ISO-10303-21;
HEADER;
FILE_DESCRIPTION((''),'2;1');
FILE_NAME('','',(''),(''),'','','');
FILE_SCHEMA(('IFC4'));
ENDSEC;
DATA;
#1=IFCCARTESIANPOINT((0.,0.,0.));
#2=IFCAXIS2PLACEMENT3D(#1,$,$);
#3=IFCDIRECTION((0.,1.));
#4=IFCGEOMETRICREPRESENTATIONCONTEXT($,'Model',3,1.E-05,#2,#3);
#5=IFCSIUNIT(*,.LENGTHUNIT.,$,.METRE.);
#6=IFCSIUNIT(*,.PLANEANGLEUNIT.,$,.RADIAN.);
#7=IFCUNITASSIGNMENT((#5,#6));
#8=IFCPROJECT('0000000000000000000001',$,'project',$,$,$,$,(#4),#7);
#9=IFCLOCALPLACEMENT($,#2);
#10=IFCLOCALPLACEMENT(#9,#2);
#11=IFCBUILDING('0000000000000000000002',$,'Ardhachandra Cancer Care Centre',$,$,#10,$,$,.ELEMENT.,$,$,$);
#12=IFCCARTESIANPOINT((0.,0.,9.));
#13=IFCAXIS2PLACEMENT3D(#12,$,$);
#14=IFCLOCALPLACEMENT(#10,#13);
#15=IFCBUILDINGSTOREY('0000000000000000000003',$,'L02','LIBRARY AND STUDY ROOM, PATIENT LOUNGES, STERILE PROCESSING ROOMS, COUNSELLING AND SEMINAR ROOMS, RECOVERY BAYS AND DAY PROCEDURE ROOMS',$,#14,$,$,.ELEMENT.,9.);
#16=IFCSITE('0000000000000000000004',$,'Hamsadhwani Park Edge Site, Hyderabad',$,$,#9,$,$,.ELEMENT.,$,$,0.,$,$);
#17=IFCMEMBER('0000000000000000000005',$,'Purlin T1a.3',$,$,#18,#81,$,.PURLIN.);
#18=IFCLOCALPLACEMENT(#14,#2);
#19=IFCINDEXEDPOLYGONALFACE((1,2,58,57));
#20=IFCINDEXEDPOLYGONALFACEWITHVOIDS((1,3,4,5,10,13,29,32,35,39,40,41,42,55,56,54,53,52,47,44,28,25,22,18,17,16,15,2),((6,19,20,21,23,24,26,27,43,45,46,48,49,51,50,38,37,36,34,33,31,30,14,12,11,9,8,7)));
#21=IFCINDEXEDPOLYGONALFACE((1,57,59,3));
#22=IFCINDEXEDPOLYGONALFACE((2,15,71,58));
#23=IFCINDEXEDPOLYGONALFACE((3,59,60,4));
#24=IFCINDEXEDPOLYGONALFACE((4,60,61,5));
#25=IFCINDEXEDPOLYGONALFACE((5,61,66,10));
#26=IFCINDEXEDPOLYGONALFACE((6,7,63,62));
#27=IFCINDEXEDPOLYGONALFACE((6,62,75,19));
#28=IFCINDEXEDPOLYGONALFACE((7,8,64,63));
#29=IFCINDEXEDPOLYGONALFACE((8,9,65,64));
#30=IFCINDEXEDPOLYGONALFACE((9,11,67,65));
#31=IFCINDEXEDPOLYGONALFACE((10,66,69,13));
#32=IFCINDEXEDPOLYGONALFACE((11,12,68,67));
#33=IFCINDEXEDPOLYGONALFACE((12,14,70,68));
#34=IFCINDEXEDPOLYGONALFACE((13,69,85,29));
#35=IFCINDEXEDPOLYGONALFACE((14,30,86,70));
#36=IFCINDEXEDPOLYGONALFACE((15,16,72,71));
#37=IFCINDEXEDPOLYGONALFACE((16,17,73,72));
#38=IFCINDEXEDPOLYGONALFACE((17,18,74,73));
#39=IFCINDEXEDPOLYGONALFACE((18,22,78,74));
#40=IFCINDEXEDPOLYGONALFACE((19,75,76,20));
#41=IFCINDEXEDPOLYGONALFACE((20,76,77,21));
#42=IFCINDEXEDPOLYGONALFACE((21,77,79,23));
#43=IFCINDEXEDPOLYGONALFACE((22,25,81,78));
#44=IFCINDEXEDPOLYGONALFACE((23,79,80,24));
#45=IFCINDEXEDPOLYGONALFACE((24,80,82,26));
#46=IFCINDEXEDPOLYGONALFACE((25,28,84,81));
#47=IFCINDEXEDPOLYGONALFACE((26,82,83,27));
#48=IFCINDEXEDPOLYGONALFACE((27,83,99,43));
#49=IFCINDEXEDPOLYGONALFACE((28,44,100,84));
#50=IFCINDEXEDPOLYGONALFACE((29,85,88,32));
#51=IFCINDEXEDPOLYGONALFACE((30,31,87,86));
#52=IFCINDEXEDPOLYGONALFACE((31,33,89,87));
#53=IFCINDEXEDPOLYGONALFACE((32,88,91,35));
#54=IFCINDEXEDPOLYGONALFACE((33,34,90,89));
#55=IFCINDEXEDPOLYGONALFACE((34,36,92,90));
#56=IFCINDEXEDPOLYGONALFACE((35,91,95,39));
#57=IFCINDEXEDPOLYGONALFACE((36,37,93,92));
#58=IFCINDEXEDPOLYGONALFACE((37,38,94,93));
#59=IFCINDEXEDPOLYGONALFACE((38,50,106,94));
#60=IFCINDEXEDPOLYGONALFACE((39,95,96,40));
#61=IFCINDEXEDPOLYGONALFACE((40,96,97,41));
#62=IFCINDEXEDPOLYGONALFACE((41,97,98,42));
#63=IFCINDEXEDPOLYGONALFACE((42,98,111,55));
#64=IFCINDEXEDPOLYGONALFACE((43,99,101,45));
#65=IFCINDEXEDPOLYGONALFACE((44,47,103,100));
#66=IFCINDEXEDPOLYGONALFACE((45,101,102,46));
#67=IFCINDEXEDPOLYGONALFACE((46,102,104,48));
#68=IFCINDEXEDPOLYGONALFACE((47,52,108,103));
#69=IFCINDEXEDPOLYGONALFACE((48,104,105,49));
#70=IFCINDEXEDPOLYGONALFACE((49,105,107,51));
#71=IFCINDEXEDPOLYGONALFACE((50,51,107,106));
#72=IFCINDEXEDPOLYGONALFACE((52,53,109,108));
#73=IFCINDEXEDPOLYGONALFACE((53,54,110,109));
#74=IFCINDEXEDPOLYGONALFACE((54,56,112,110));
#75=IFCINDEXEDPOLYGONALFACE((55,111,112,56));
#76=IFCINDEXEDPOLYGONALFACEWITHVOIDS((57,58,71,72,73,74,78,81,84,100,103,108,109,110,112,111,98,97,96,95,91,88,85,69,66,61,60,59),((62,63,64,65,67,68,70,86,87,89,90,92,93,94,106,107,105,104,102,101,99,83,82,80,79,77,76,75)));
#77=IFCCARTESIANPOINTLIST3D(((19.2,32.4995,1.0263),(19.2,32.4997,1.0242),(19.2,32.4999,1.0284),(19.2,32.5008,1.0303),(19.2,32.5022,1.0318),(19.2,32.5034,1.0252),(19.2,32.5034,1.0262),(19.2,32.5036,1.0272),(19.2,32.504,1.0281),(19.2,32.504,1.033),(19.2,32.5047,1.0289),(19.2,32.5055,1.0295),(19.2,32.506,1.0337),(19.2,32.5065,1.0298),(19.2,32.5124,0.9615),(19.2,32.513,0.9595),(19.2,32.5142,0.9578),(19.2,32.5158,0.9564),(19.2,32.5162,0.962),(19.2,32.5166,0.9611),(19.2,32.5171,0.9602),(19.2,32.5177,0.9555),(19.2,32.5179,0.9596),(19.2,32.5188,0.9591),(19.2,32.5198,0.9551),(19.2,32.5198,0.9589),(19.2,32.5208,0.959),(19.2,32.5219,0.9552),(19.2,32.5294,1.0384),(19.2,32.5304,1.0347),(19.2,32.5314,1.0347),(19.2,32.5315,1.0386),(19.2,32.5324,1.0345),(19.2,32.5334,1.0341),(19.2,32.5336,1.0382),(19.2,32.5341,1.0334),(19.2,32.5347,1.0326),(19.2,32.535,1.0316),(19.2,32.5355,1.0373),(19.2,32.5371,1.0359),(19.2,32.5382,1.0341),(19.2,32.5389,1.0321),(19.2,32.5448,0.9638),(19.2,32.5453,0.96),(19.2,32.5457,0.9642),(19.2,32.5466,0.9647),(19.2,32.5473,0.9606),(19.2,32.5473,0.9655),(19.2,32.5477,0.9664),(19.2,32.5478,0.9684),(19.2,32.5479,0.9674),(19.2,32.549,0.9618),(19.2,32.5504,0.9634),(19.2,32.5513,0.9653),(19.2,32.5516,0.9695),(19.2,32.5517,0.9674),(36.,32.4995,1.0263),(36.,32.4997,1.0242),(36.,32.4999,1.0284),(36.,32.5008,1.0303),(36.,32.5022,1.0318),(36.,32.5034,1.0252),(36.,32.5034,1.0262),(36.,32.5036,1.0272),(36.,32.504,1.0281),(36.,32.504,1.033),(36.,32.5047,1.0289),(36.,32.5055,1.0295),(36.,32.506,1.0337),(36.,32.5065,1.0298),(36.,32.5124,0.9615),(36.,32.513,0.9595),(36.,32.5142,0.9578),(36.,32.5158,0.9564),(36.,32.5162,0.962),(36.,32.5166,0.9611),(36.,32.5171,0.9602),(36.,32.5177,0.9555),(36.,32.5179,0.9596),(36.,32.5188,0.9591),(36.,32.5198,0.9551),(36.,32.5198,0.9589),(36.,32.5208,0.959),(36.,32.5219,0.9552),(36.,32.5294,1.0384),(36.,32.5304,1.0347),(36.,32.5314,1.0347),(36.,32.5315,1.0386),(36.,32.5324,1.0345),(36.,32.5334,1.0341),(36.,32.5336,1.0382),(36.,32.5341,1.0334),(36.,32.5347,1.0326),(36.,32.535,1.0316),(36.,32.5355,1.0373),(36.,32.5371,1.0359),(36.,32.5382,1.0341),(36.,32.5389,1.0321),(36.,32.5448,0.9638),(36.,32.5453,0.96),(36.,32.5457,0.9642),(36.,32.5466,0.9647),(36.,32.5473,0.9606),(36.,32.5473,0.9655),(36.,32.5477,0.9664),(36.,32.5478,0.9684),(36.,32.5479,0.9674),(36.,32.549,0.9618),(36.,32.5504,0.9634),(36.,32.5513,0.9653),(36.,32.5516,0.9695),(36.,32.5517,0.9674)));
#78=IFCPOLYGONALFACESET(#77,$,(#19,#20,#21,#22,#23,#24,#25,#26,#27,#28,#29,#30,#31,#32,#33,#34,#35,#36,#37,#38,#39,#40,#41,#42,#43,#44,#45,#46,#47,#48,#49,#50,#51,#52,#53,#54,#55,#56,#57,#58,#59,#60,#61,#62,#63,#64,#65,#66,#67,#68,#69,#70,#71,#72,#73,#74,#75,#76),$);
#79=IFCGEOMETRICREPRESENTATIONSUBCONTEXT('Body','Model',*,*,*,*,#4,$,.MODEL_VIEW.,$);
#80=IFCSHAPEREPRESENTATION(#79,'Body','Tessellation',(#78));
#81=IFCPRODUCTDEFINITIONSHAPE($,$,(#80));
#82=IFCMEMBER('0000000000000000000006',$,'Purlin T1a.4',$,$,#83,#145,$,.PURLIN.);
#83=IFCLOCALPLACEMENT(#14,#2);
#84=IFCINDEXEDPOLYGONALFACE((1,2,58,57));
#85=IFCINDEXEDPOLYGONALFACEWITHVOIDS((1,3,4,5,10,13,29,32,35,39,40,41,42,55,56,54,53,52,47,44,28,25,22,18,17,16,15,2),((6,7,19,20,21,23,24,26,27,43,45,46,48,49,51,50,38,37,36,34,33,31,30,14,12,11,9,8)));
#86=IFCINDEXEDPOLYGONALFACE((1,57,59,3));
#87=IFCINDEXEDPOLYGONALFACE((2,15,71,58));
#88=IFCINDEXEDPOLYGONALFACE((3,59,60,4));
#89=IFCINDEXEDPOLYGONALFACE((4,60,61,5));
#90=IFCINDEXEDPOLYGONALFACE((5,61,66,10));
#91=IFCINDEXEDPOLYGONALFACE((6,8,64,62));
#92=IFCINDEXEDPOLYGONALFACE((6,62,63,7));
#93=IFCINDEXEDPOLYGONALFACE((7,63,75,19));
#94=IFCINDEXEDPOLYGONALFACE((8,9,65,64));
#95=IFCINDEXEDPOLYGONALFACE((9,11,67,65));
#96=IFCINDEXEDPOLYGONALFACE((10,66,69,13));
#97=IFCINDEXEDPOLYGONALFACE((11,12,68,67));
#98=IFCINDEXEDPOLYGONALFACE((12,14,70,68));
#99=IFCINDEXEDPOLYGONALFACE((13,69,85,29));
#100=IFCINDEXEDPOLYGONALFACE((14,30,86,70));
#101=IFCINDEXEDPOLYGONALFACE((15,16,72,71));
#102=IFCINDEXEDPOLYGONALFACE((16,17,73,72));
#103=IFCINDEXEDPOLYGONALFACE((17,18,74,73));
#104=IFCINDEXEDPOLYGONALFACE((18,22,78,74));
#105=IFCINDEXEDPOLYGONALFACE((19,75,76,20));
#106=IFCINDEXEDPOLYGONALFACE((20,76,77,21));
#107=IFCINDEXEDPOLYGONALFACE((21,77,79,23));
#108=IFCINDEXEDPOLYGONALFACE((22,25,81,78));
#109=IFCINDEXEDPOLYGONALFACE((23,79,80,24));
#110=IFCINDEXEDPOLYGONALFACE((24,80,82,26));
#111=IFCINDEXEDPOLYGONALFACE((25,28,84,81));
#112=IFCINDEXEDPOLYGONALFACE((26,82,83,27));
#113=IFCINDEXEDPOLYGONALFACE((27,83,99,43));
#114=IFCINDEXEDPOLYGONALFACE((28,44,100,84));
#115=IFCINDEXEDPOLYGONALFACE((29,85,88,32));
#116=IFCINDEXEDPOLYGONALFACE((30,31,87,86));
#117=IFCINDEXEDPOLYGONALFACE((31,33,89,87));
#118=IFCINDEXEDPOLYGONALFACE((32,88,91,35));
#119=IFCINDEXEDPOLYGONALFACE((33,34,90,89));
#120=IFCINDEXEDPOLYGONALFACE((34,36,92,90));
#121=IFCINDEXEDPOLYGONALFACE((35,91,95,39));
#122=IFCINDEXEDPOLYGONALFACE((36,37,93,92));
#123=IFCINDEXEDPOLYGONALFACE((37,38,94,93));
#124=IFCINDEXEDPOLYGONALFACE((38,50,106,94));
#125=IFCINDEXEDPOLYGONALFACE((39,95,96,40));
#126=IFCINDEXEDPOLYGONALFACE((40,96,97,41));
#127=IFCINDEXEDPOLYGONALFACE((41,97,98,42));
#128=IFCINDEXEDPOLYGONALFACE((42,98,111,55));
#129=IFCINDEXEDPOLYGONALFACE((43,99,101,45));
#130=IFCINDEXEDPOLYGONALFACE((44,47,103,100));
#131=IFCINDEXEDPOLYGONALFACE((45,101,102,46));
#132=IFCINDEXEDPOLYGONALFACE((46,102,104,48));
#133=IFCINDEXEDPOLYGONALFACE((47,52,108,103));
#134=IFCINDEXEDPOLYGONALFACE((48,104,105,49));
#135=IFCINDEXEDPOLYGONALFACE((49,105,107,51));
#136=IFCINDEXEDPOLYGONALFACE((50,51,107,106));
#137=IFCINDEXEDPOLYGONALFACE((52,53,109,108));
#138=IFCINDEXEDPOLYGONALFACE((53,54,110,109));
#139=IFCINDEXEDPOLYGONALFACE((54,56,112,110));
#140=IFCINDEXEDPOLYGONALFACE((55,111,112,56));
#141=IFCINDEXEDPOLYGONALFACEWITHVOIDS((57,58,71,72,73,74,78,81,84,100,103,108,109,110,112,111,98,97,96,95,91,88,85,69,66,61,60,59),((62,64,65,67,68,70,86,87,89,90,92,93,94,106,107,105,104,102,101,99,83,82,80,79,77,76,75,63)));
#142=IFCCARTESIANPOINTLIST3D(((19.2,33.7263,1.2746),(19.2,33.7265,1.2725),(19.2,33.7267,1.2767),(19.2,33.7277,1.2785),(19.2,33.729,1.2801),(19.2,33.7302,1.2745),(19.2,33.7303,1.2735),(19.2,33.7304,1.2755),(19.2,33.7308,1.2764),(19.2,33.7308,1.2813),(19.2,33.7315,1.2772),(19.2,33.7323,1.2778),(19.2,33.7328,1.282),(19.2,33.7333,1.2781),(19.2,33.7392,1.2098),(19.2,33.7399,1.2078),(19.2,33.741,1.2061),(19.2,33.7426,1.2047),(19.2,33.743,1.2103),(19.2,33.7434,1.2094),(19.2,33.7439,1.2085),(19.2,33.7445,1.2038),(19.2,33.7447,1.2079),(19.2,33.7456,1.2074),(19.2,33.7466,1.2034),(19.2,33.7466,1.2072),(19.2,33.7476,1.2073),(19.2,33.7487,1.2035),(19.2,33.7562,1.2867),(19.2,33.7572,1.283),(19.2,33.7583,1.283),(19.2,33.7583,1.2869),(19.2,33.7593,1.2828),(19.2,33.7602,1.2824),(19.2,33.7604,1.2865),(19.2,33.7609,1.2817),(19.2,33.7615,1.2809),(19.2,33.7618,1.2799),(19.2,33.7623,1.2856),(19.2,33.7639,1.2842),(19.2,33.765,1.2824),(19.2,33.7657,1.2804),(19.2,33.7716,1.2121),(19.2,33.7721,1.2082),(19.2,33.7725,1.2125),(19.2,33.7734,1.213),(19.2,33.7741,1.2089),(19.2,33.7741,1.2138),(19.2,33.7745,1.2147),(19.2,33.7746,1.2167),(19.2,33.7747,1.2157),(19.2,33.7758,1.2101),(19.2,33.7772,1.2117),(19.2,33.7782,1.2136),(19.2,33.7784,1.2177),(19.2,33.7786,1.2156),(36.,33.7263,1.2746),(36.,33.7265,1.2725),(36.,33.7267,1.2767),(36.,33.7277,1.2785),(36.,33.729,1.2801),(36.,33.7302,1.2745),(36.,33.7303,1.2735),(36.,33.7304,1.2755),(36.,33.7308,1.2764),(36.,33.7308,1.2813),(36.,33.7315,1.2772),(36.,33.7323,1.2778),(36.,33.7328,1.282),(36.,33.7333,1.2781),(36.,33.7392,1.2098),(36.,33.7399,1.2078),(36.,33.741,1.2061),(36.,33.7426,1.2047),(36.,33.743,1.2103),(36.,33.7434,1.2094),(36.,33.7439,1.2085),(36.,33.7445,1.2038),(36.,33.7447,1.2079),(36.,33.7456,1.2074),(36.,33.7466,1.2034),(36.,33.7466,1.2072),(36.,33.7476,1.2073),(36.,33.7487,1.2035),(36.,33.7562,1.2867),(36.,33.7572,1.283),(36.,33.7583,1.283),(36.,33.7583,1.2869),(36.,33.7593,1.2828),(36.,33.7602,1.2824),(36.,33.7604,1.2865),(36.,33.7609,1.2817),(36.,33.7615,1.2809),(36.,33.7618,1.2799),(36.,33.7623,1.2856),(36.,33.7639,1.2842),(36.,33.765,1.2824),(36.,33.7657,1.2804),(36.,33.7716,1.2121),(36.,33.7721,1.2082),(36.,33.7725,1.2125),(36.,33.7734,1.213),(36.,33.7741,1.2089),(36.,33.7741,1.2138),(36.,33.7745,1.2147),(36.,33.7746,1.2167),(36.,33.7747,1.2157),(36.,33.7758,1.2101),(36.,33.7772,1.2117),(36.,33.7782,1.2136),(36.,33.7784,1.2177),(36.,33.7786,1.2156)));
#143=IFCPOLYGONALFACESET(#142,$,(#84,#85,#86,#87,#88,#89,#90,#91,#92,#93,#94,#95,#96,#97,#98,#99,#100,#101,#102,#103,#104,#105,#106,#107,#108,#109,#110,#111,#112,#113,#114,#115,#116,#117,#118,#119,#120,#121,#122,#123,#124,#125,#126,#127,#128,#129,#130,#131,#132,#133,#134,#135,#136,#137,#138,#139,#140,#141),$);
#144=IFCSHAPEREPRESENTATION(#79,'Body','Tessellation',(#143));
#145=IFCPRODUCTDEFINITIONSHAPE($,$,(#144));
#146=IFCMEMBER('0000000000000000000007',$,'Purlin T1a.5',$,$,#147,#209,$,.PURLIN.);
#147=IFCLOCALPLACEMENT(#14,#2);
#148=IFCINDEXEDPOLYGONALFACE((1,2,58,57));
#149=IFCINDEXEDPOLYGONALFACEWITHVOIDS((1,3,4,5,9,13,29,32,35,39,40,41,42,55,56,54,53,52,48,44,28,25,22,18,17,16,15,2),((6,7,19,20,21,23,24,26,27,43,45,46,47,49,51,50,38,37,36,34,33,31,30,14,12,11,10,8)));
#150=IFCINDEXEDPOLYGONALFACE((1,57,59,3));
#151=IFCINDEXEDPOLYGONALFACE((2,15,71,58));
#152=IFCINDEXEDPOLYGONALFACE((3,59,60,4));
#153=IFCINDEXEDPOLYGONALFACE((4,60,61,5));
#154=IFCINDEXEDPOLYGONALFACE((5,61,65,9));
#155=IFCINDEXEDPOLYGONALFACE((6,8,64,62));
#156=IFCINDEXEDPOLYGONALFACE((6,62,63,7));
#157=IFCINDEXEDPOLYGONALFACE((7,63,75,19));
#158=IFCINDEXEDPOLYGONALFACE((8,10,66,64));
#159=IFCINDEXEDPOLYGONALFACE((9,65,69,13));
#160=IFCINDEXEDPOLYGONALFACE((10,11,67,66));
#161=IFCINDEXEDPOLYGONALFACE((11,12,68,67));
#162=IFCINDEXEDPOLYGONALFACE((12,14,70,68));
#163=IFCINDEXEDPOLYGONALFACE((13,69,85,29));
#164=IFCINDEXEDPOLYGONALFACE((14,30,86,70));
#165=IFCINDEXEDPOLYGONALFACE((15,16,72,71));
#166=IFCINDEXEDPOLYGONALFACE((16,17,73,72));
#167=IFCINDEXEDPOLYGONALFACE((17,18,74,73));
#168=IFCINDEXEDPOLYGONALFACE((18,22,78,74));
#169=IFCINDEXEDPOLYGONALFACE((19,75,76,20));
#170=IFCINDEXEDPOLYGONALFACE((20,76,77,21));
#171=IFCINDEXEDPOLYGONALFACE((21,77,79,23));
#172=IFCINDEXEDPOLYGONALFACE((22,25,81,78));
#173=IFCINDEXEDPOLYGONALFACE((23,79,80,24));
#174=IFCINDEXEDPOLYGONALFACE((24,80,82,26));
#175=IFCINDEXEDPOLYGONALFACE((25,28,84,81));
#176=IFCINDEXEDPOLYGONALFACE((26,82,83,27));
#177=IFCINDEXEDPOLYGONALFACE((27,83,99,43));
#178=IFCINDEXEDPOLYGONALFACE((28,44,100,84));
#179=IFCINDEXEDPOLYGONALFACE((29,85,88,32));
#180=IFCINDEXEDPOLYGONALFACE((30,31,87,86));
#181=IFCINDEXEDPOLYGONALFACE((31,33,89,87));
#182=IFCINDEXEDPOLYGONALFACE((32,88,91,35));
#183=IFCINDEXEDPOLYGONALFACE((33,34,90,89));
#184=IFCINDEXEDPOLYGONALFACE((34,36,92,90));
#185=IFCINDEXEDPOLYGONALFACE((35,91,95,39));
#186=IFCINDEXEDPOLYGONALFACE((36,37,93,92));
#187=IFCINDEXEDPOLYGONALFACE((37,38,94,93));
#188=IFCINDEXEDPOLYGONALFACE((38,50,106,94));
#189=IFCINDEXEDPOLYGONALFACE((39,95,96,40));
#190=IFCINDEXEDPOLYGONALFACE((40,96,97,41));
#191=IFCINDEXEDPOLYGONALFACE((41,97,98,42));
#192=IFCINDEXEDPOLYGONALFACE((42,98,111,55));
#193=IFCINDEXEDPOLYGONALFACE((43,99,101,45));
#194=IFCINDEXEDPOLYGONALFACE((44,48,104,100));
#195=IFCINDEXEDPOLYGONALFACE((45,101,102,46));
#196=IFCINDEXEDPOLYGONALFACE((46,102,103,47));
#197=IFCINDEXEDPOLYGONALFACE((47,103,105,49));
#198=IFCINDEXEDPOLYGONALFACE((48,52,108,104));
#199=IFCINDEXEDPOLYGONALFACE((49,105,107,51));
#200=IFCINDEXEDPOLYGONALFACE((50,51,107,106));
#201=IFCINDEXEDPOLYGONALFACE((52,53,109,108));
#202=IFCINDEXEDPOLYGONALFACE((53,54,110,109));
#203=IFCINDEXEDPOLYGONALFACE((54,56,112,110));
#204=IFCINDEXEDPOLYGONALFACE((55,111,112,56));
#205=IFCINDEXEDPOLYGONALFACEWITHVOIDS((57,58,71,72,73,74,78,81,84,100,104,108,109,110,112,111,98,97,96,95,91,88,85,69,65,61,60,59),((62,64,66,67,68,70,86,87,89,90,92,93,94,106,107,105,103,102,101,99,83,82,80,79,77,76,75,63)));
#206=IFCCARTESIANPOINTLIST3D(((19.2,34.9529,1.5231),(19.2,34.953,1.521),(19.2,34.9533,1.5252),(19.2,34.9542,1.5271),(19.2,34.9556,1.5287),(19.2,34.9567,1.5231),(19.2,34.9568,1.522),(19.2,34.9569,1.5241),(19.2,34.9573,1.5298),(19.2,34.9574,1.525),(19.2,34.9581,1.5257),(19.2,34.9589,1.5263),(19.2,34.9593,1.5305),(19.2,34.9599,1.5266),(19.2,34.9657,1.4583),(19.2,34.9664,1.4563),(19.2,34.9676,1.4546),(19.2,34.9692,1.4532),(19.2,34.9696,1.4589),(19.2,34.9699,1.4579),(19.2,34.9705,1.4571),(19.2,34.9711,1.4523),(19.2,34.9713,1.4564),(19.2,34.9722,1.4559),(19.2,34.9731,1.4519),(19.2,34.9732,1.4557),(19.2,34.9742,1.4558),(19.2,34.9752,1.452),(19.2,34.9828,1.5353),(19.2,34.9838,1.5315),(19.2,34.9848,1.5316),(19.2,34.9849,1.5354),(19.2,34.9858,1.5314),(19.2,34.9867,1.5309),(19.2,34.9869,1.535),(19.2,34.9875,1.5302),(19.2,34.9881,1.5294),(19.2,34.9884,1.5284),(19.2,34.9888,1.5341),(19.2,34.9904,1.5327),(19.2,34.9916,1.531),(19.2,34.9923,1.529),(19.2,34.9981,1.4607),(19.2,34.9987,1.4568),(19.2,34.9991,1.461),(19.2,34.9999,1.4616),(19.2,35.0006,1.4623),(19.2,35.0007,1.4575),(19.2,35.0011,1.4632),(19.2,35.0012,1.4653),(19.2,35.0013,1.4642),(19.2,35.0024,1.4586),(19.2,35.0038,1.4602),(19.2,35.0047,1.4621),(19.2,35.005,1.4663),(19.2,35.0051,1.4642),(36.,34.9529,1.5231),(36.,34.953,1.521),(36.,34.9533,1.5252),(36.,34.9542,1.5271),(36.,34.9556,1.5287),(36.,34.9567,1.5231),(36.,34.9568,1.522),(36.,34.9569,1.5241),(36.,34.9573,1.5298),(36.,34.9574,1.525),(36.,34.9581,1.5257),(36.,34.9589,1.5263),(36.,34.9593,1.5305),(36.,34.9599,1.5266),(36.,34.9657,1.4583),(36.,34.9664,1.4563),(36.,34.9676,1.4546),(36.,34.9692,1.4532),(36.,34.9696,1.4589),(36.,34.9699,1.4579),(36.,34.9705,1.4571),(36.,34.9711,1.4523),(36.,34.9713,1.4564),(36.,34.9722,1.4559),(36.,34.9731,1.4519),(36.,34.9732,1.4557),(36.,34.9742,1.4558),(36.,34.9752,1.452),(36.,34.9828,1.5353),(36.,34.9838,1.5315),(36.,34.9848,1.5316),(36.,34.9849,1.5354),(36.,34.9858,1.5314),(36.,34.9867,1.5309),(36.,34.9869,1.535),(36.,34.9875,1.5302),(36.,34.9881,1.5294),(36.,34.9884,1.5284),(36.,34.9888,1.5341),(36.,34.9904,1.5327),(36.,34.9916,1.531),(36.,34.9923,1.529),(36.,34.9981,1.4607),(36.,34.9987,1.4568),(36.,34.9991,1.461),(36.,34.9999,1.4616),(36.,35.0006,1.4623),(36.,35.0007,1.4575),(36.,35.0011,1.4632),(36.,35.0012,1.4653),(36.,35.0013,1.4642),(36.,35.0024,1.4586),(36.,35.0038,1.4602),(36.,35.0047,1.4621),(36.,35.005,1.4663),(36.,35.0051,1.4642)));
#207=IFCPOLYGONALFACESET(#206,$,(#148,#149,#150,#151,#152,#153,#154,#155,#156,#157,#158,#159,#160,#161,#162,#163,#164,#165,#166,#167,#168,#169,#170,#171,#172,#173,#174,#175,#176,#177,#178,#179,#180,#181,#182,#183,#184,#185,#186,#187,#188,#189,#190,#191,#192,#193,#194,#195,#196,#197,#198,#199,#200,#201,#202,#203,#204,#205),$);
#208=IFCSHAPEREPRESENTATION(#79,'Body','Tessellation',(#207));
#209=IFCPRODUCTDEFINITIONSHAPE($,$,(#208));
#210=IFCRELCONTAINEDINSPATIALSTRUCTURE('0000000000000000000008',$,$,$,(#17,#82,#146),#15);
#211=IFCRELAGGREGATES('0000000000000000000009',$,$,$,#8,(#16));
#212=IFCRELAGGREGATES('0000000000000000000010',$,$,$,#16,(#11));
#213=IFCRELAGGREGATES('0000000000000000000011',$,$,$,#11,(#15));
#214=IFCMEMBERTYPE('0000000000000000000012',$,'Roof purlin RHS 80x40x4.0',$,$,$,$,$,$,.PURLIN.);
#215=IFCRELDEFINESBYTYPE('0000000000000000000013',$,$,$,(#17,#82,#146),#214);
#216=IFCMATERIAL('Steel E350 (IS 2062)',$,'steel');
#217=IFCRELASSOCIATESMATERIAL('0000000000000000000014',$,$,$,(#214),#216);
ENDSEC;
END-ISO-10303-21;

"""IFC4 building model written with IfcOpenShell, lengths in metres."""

from ifc_helpers import new_model, si_unit, direction, frame, origin, origin_2d, place, context, subcontext, project, spatial, hollow_rectangle, extrude, material, material_profile, profile_set, type_object, element, save


model = new_model("IFC4")

# Units and contexts
model_context = context("Model", 3, precision=1e-05, world=origin(), true_north=direction((0.0, 1.0)))
body_context = subcontext(model_context, "Body", "Model", "MODEL_VIEW")
ifc_project = project(units=[si_unit("LENGTHUNIT", "METRE"), si_unit("PLANEANGLEUNIT", "RADIAN")], contexts=[model_context])

# Site, building, storey
site_placement = place(None, origin())
site = spatial("IfcSite", under=ifc_project, at=site_placement, Name="Hamsadhwani Park Edge Site, Hyderabad", CompositionType="ELEMENT", RefElevation=0.0)
building_placement = place(site_placement, origin())
building = spatial("IfcBuilding", under=site, at=building_placement, Name="Ardhachandra Cancer Care Centre", CompositionType="ELEMENT")
storey_placement = place(building_placement, frame((0.0, 0.0, 9.0)))
storey = spatial("IfcBuildingStorey", under=building, at=storey_placement, Name="L02", Description="LIBRARY AND STUDY ROOM, PATIENT LOUNGES, STERILE PROCESSING ROOMS, COUNSELLING AND SEMINAR ROOMS, RECOVERY BAYS AND DAY PROCEDURE ROOMS", CompositionType="ELEMENT", Elevation=9.0)

# Members
ifc_material_1 = material(Name="Steel E350 (IS 2062)", Category="steel")
ifc_material_profile_1 = material_profile(ifc_material_1, hollow_rectangle(XDim=0.04, YDim=0.0801, WallThickness=0.0039, InnerFilletRadius=0.0039, OuterFilletRadius=0.0081, at=origin_2d()), Name="RHS 80x40x4.0")
ifc_profile_set_1 = profile_set([ifc_material_profile_1], Name="Steel E350 (IS 2062)")
member_type_1 = type_object("IfcMemberType", Name="Roof purlin RHS 80x40x4.0", PredefinedType="PURLIN", material=ifc_profile_set_1)
for number, where, z_axis, x_axis, name in (
    (1, (19.2, 32.5256, 0.9968), (1.0, 0.0, 0.0), (0.0, 0.980107, 0.198472), "Purlin T1a.3"),
    (2, (19.2, 33.7524, 1.2451), (1.0, 0.0, 0.0), (0.0, 0.980107, 0.198472), "Purlin T1a.4"),
    (3, (19.2, 34.979, 1.4937), (1.0, 0.0, 0.0), (0.0, 0.980107, 0.198472), "Purlin T1a.5"),
):
    element("IfcMember", number, at=place(storey_placement, frame(where, z_axis=z_axis, x_axis=x_axis)), inside=storey, type_object=member_type_1, Name=name, PredefinedType="PURLIN", context=body_context, shape_type="SweptSolid", body=[
        extrude(hollow_rectangle(XDim=0.04, YDim=0.0801, WallThickness=0.0039, InnerFilletRadius=0.0039, OuterFilletRadius=0.0081, at=origin_2d()), origin(), (0.0, 0.0, 1.0), 16.8),
    ])

save(model, "model.ifc")
